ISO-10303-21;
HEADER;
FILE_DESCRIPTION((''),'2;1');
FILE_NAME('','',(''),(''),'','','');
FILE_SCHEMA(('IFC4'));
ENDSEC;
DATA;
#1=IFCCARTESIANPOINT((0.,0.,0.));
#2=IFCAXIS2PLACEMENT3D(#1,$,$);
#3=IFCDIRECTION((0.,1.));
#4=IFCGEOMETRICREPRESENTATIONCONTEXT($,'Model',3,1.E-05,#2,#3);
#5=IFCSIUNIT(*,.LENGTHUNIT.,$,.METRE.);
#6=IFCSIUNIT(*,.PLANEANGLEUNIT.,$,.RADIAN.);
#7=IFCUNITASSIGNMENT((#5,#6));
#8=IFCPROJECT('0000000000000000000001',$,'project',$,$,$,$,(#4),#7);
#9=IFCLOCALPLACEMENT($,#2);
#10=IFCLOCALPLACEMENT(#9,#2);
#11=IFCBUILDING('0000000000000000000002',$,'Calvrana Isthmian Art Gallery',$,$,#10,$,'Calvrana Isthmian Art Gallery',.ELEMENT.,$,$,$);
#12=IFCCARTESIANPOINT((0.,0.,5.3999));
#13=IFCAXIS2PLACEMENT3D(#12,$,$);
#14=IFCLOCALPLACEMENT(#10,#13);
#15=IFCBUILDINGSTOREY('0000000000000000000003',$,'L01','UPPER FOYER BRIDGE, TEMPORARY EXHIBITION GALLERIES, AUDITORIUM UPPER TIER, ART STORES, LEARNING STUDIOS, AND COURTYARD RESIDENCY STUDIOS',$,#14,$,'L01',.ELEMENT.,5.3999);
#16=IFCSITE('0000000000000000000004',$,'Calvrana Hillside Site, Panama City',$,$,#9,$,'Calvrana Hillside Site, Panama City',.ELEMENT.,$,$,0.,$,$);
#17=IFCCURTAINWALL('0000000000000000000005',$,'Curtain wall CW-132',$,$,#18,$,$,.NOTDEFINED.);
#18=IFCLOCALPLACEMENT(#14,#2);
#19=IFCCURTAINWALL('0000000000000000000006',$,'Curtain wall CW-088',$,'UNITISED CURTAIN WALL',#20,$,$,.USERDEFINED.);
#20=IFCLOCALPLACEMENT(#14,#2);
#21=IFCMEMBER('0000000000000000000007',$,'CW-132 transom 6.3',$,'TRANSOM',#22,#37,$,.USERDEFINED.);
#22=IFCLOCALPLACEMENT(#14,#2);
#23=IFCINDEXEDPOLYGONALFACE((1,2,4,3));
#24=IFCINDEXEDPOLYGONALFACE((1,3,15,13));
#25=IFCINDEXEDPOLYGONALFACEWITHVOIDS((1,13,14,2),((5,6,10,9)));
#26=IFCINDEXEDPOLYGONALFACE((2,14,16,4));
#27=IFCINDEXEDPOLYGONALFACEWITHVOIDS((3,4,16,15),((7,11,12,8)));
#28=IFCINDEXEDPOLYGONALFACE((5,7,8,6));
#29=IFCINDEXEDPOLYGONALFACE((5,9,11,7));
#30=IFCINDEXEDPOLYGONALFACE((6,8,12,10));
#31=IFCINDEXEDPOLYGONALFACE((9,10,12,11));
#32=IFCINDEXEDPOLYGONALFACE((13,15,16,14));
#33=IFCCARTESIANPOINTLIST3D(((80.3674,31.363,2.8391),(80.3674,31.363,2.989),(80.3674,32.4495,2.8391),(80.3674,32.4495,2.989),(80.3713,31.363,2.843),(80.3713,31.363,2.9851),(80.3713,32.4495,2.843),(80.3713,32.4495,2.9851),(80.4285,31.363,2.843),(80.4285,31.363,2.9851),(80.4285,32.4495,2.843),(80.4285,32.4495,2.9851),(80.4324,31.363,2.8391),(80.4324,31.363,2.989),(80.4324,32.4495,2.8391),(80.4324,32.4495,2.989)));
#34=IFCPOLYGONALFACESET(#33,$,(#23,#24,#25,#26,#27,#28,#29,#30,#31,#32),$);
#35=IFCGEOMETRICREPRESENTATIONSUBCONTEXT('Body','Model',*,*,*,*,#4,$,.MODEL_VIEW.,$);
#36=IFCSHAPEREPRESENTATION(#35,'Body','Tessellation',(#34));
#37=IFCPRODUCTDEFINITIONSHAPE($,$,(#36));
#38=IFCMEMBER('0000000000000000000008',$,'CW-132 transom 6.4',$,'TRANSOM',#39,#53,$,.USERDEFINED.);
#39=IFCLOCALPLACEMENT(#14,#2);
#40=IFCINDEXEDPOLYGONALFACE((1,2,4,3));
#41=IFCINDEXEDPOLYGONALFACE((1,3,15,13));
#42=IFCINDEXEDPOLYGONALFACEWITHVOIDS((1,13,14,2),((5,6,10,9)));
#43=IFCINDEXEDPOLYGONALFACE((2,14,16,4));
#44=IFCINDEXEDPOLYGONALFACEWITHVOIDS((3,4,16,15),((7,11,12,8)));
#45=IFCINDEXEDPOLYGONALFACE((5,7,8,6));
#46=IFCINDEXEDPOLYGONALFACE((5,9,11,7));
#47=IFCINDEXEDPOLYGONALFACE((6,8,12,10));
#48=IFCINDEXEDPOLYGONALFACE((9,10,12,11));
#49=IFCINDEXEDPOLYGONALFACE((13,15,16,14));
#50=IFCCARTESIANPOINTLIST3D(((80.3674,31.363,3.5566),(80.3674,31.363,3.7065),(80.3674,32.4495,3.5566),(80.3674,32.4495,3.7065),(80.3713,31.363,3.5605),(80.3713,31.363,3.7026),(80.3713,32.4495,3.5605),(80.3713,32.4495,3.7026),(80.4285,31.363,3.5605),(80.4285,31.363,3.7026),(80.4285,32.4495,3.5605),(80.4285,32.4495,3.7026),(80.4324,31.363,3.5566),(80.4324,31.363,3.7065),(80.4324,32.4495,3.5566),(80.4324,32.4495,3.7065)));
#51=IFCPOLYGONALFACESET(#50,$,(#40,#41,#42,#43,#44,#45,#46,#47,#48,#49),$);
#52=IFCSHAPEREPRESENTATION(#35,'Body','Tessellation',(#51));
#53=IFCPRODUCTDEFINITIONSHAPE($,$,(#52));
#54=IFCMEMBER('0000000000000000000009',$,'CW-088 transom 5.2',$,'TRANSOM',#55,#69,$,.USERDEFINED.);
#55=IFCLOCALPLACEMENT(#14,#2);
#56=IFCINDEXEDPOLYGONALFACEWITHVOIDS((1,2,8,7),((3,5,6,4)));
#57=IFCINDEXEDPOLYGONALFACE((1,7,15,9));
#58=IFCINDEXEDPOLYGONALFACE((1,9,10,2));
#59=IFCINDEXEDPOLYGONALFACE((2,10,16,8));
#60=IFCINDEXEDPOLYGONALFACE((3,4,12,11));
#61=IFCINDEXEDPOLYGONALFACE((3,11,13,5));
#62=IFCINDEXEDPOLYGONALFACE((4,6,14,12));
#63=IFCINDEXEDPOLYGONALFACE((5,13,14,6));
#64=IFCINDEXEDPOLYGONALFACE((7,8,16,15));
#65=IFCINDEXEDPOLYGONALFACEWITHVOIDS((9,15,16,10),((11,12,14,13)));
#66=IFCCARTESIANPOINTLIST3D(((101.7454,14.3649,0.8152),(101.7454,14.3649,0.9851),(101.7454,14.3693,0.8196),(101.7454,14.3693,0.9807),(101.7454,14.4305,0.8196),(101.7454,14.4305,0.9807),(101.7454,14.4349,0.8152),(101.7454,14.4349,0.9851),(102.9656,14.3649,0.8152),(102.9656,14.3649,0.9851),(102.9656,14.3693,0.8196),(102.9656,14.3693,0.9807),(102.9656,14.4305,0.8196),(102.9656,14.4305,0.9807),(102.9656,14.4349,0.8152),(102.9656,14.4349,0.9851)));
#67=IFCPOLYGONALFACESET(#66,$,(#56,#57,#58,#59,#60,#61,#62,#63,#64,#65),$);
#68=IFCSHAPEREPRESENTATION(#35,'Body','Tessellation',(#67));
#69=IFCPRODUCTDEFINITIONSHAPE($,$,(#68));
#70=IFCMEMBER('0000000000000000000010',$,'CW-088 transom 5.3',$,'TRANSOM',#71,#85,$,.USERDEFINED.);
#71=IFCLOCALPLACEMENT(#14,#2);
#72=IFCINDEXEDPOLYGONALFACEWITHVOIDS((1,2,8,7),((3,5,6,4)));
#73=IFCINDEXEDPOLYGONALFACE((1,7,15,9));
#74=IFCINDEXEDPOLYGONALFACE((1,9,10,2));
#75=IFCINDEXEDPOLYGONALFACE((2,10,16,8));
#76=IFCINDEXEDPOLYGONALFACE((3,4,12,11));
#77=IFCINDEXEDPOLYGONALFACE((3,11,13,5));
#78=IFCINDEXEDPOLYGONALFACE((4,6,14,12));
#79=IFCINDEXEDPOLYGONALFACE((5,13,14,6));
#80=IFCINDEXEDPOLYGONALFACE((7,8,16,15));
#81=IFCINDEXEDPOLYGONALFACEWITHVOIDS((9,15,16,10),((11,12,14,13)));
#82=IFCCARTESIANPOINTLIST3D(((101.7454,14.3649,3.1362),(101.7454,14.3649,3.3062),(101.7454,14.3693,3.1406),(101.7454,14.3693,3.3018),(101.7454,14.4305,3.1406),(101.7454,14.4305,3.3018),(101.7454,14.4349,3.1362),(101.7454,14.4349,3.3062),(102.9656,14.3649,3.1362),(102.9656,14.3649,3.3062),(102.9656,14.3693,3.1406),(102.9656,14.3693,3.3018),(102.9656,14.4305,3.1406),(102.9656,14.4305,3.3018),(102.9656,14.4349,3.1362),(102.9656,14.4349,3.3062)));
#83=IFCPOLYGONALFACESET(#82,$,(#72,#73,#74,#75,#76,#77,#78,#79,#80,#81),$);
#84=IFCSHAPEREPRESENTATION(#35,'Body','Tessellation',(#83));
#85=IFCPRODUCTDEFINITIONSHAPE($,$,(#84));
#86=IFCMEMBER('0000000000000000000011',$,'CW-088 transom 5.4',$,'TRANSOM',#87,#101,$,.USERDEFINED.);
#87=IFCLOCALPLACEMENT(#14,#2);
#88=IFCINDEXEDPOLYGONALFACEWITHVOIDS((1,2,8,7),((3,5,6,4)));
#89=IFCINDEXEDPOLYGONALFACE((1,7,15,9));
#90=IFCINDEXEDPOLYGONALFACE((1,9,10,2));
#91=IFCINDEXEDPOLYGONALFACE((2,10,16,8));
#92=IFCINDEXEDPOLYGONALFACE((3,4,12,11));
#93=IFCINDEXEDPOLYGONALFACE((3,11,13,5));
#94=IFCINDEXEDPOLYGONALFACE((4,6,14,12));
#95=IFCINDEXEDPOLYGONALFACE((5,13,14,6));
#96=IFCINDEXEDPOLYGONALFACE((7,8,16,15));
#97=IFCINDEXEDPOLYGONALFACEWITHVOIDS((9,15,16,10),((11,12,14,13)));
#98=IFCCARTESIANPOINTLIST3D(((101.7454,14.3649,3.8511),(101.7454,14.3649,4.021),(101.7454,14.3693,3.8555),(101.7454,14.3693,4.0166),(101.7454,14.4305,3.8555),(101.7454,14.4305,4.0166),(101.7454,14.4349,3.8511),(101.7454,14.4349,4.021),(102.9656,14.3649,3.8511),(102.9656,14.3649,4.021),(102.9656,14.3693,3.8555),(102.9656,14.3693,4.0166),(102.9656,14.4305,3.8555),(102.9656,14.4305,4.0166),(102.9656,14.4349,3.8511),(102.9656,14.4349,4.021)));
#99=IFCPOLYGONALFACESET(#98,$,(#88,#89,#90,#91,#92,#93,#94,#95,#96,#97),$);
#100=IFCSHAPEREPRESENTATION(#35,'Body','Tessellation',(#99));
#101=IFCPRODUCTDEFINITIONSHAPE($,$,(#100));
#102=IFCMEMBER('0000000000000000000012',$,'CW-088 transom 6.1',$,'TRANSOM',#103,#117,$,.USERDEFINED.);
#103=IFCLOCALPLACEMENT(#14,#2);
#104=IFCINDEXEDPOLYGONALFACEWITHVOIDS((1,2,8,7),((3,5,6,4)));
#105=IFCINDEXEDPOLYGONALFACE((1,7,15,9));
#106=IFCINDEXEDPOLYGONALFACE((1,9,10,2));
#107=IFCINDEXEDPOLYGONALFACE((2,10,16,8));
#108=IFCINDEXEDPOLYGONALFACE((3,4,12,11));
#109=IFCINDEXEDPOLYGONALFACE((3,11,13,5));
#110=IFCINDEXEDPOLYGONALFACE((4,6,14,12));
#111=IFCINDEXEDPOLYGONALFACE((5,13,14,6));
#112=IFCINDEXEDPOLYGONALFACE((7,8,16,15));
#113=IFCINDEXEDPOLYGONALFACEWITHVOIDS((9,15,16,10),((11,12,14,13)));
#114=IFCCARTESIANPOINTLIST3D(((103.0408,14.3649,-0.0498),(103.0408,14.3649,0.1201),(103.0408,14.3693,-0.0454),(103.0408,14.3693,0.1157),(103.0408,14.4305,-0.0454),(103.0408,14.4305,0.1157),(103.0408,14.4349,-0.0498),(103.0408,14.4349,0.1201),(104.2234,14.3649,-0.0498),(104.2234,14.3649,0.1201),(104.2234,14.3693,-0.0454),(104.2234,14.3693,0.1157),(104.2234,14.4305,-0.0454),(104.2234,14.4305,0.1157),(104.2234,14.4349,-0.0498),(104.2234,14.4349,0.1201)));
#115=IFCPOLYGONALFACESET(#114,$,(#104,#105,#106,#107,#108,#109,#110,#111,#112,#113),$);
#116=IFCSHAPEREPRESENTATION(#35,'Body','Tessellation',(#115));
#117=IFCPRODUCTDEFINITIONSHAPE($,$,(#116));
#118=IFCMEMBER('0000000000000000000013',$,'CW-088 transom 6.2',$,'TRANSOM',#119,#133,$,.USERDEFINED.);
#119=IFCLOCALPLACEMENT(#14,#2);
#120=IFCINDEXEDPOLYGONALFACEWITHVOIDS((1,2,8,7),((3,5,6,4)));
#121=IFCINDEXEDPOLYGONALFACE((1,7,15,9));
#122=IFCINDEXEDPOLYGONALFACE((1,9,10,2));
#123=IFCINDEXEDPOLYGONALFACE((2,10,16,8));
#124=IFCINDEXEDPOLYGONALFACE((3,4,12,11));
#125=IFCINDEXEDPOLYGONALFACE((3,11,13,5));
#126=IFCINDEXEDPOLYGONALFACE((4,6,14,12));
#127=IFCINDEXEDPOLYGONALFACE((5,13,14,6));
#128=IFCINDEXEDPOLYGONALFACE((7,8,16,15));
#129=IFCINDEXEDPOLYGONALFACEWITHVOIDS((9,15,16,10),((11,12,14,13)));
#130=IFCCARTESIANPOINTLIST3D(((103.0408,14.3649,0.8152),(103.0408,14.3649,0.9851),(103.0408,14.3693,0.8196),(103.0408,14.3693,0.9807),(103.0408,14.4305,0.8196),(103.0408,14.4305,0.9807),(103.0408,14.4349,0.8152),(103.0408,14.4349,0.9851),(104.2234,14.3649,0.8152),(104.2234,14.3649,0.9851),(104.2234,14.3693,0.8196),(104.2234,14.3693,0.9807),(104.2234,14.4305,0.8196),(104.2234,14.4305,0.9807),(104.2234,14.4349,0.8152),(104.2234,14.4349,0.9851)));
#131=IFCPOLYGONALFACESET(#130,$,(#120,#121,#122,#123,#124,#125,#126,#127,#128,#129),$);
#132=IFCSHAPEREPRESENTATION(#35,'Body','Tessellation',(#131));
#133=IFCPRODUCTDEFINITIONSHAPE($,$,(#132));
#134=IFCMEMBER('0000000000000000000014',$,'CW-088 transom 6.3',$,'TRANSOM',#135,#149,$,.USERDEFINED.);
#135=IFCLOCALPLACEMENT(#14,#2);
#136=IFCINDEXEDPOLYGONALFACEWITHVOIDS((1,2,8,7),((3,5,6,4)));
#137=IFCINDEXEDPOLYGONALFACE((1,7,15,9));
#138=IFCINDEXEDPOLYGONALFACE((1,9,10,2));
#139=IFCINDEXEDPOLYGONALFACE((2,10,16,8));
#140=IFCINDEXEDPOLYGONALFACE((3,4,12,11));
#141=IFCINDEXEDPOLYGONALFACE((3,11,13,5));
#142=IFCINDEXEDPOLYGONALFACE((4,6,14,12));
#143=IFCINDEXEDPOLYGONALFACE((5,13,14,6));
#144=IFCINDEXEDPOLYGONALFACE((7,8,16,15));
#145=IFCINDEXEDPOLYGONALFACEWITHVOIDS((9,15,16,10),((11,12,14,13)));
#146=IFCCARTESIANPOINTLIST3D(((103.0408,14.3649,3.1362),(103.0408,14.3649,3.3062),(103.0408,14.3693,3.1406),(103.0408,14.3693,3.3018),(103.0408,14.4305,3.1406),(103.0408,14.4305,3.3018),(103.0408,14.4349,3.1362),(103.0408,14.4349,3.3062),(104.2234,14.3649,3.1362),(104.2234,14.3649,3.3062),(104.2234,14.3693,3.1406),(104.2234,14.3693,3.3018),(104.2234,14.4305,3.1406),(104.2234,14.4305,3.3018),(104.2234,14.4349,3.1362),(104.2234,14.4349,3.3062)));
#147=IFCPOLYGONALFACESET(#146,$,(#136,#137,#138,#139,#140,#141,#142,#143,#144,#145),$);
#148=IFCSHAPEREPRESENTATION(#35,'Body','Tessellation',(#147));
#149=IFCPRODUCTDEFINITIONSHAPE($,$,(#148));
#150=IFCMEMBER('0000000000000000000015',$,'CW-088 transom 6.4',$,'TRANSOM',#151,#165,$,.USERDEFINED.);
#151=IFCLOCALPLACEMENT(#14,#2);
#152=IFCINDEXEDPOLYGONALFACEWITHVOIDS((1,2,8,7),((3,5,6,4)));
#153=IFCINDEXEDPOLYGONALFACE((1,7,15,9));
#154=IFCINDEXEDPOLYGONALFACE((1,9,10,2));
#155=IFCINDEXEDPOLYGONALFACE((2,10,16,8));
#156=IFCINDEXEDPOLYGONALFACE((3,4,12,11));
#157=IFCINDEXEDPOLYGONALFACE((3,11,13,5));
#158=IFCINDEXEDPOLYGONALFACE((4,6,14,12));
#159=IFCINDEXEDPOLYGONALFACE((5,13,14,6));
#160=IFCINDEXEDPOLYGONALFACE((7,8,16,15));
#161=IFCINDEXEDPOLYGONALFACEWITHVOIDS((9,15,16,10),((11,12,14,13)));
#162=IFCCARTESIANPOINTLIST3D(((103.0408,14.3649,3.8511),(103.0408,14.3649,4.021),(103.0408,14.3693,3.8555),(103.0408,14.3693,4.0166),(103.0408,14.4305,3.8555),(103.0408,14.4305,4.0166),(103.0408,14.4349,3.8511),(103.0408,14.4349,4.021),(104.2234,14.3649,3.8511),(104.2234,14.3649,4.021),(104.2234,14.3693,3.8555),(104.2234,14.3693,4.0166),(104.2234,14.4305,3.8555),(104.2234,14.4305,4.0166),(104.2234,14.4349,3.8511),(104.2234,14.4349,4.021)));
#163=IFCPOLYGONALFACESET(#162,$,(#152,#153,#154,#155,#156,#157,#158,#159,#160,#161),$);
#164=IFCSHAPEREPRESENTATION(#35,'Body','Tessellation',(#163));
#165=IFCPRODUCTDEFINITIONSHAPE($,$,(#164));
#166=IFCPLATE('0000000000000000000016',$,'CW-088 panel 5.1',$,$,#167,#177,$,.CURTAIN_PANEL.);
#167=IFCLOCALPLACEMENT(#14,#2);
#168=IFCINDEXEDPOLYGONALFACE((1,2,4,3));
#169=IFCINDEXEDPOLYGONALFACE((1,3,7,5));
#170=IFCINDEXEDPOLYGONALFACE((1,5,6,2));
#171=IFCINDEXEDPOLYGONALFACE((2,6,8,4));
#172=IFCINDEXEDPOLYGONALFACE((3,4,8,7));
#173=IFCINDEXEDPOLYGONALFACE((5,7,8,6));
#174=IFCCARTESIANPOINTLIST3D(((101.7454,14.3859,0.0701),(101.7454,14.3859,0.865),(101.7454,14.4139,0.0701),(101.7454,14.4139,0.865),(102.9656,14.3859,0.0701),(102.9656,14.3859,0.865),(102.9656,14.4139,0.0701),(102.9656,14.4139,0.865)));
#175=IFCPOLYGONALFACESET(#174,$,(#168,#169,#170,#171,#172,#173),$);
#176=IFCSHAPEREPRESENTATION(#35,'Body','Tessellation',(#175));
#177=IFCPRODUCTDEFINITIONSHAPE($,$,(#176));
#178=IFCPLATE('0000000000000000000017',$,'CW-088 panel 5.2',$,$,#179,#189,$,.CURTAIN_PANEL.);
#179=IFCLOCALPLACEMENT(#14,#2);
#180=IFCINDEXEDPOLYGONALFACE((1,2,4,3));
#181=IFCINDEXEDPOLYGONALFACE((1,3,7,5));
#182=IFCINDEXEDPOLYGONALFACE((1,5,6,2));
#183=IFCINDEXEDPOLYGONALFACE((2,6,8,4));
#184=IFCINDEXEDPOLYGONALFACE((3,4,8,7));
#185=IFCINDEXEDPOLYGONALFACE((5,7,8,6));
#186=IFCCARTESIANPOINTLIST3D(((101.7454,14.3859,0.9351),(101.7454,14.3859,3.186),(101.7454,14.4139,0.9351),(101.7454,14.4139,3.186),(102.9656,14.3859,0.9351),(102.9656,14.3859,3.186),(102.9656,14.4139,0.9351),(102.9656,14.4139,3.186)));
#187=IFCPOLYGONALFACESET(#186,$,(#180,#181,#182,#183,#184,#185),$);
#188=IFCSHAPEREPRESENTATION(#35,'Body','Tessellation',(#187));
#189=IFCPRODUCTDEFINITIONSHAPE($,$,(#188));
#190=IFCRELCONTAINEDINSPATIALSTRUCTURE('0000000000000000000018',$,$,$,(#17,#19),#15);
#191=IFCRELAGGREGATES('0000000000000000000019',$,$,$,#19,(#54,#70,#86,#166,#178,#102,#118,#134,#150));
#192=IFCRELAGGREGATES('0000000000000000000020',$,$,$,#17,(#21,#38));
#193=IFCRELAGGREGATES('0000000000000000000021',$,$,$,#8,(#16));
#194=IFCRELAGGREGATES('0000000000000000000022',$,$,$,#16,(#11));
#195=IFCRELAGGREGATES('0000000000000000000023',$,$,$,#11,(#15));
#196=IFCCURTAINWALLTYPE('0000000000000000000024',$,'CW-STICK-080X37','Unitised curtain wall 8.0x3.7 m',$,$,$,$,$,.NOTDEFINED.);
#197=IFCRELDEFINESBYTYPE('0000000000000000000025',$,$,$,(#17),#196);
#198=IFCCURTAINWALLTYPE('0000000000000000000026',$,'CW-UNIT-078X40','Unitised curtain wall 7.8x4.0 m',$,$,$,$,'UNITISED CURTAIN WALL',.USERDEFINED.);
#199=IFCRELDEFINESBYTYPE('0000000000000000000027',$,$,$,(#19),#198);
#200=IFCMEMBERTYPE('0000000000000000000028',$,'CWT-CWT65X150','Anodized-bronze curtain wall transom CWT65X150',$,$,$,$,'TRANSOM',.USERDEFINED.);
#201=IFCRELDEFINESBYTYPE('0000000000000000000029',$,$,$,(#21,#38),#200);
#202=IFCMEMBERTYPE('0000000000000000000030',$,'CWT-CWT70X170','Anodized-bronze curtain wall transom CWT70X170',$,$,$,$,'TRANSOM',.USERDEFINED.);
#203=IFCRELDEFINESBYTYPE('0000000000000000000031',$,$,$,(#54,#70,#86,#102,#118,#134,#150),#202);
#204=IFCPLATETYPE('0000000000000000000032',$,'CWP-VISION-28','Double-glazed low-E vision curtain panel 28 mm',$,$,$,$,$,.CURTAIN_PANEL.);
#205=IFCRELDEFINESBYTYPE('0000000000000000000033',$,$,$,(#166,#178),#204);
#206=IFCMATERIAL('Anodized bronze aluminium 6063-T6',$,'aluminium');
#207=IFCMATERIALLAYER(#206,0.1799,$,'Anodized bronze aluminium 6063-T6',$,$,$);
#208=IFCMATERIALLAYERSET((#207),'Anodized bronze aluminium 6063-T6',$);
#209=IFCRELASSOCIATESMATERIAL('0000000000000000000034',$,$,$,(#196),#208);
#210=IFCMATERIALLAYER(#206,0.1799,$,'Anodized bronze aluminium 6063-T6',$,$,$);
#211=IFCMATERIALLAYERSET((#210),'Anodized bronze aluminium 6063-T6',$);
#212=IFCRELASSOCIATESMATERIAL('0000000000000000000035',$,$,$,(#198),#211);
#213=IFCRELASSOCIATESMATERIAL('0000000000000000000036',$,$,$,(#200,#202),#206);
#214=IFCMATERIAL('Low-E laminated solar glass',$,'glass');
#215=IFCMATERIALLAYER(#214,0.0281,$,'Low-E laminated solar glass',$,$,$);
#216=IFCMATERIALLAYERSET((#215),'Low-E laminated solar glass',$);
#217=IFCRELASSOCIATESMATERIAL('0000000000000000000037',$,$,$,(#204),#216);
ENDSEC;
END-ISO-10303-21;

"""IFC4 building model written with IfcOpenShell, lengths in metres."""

from ifc_helpers import new_model, si_unit, direction, frame, origin, origin_2d, place, context, subcontext, project, spatial, rectangle, hollow_rectangle, extrude, material, layer, layer_set, material_profile, profile_set, type_object, element, aggregate, save


model = new_model("IFC4")

# Units and contexts
model_context = context("Model", 3, precision=1e-05, world=origin(), true_north=direction((0.0, 1.0)))
body_context = subcontext(model_context, "Body", "Model", "MODEL_VIEW")
ifc_project = project(units=[si_unit("LENGTHUNIT", "METRE"), si_unit("PLANEANGLEUNIT", "RADIAN")], contexts=[model_context])

# Site, building, storey
site_placement = place(None, origin())
site = spatial("IfcSite", under=ifc_project, at=site_placement, Name="Calvrana Hillside Site, Panama City", LongName="Calvrana Hillside Site, Panama City", CompositionType="ELEMENT", RefElevation=0.0)
building_placement = place(site_placement, origin())
building = spatial("IfcBuilding", under=site, at=building_placement, Name="Calvrana Isthmian Art Gallery", LongName="Calvrana Isthmian Art Gallery", CompositionType="ELEMENT")
storey_placement = place(building_placement, frame((0.0, 0.0, 5.3999)))
storey = spatial("IfcBuildingStorey", under=building, at=storey_placement, Name="L01", Description="UPPER FOYER BRIDGE, TEMPORARY EXHIBITION GALLERIES, AUDITORIUM UPPER TIER, ART STORES, LEARNING STUDIOS, AND COURTYARD RESIDENCY STUDIOS", LongName="L01", CompositionType="ELEMENT", Elevation=5.3999)

# Curtain walls
ifc_material_1 = material(Name="Anodized bronze aluminium 6063-T6", Category="aluminium")
ifc_layer_1 = layer(ifc_material_1, 0.1799, Name="Anodized bronze aluminium 6063-T6")
ifc_layer_set_1 = layer_set([ifc_layer_1], Name="Anodized bronze aluminium 6063-T6")
curtain_wall_type_1 = type_object("IfcCurtainWallType", Name="CW-STICK-080X37", Description="Unitised curtain wall 8.0x3.7 m", PredefinedType="NOTDEFINED", material=ifc_layer_set_1)
curtain_wall_1_placement = place(storey_placement, origin())
curtain_wall_1 = element("IfcCurtainWall", 1, at=curtain_wall_1_placement, inside=storey, type_object=curtain_wall_type_1, Name="Curtain wall CW-132", PredefinedType="NOTDEFINED")
ifc_layer_2 = layer(ifc_material_1, 0.1799, Name="Anodized bronze aluminium 6063-T6")
ifc_layer_set_2 = layer_set([ifc_layer_2], Name="Anodized bronze aluminium 6063-T6")
curtain_wall_type_2 = type_object("IfcCurtainWallType", Name="CW-UNIT-078X40", Description="Unitised curtain wall 7.8x4.0 m", ElementType="UNITISED CURTAIN WALL", PredefinedType="USERDEFINED", material=ifc_layer_set_2)
curtain_wall_2_placement = place(storey_placement, origin())
curtain_wall_2 = element("IfcCurtainWall", 2, at=curtain_wall_2_placement, inside=storey, type_object=curtain_wall_type_2, Name="Curtain wall CW-088", ObjectType="UNITISED CURTAIN WALL", PredefinedType="USERDEFINED")

# Members
ifc_material_profile_1 = material_profile(ifc_material_1, hollow_rectangle(XDim=0.0649, YDim=0.1499, WallThickness=0.0039, at=origin_2d()), Name="CWT65X150")
ifc_profile_set_1 = profile_set([ifc_material_profile_1], Name="Anodized bronze aluminium 6063-T6")
member_type_1 = type_object("IfcMemberType", Name="CWT-CWT65X150", Description="Anodized-bronze curtain wall transom CWT65X150", ElementType="TRANSOM", PredefinedType="USERDEFINED", material=ifc_profile_set_1)
member_1_placement = place(storey_placement, frame((80.3999, 32.4495, 2.9141), z_axis=(0.0, -1.0, 0.0), x_axis=(1.0, 0.0, 0.0)))
member_1 = element("IfcMember", 3, at=member_1_placement, type_object=member_type_1, Name="CW-132 transom 6.3", ObjectType="TRANSOM", PredefinedType="USERDEFINED", context=body_context, shape_type="SweptSolid", body=[
    extrude(hollow_rectangle(XDim=0.0649, YDim=0.1499, WallThickness=0.0039, at=origin_2d()), origin(), (0.0, 0.0, 1.0), 1.0864),
])
member_2_placement = place(storey_placement, frame((80.3999, 32.4495, 3.6316), z_axis=(0.0, -1.0, 0.0), x_axis=(1.0, 0.0, 0.0)))
member_2 = element("IfcMember", 4, at=member_2_placement, type_object=member_type_1, Name="CW-132 transom 6.4", ObjectType="TRANSOM", PredefinedType="USERDEFINED", context=body_context, shape_type="SweptSolid", body=[
    extrude(hollow_rectangle(XDim=0.0649, YDim=0.1499, WallThickness=0.0039, at=origin_2d()), origin(), (0.0, 0.0, 1.0), 1.0864),
])
ifc_material_profile_2 = material_profile(ifc_material_1, hollow_rectangle(XDim=0.0701, YDim=0.1699, WallThickness=0.0044, at=origin_2d()), Name="CWT70X170")
ifc_profile_set_2 = profile_set([ifc_material_profile_2], Name="Anodized bronze aluminium 6063-T6")
member_type_2 = type_object("IfcMemberType", Name="CWT-CWT70X170", Description="Anodized-bronze curtain wall transom CWT70X170", ElementType="TRANSOM", PredefinedType="USERDEFINED", material=ifc_profile_set_2)
member_3_placement = place(storey_placement, frame((101.7454, 14.3999, 0.9001), z_axis=(1.0, 0.0, 0.0), x_axis=(0.0, 1.0, 0.0)))
member_3 = element("IfcMember", 5, at=member_3_placement, type_object=member_type_2, Name="CW-088 transom 5.2", ObjectType="TRANSOM", PredefinedType="USERDEFINED", context=body_context, shape_type="SweptSolid", body=[
    extrude(hollow_rectangle(XDim=0.0701, YDim=0.1699, WallThickness=0.0044, at=origin_2d()), origin(), (0.0, 0.0, 1.0), 1.2202),
])
member_4_placement = place(storey_placement, frame((101.7454, 14.3999, 3.2212), z_axis=(1.0, 0.0, 0.0), x_axis=(0.0, 1.0, 0.0)))
member_4 = element("IfcMember", 6, at=member_4_placement, type_object=member_type_2, Name="CW-088 transom 5.3", ObjectType="TRANSOM", PredefinedType="USERDEFINED", context=body_context, shape_type="SweptSolid", body=[
    extrude(hollow_rectangle(XDim=0.0701, YDim=0.1699, WallThickness=0.0044, at=origin_2d()), origin(), (0.0, 0.0, 1.0), 1.2202),
])
member_5_placement = place(storey_placement, frame((101.7454, 14.3999, 3.936), z_axis=(1.0, 0.0, 0.0), x_axis=(0.0, 1.0, 0.0)))
member_5 = element("IfcMember", 7, at=member_5_placement, type_object=member_type_2, Name="CW-088 transom 5.4", ObjectType="TRANSOM", PredefinedType="USERDEFINED", context=body_context, shape_type="SweptSolid", body=[
    extrude(hollow_rectangle(XDim=0.0701, YDim=0.1699, WallThickness=0.0044, at=origin_2d()), origin(), (0.0, 0.0, 1.0), 1.2202),
])
member_6_placement = place(storey_placement, frame((103.0408, 14.3999, 0.0352), z_axis=(1.0, 0.0, 0.0), x_axis=(0.0, 1.0, 0.0)))
member_6 = element("IfcMember", 8, at=member_6_placement, type_object=member_type_2, Name="CW-088 transom 6.1", ObjectType="TRANSOM", PredefinedType="USERDEFINED", context=body_context, shape_type="SweptSolid", body=[
    extrude(hollow_rectangle(XDim=0.0701, YDim=0.1699, WallThickness=0.0044, at=origin_2d()), origin(), (0.0, 0.0, 1.0), 1.1826),
])
member_7_placement = place(storey_placement, frame((103.0408, 14.3999, 0.9001), z_axis=(1.0, 0.0, 0.0), x_axis=(0.0, 1.0, 0.0)))
member_7 = element("IfcMember", 9, at=member_7_placement, type_object=member_type_2, Name="CW-088 transom 6.2", ObjectType="TRANSOM", PredefinedType="USERDEFINED", context=body_context, shape_type="SweptSolid", body=[
    extrude(hollow_rectangle(XDim=0.0701, YDim=0.1699, WallThickness=0.0044, at=origin_2d()), origin(), (0.0, 0.0, 1.0), 1.1826),
])
member_8_placement = place(storey_placement, frame((103.0408, 14.3999, 3.2212), z_axis=(1.0, 0.0, 0.0), x_axis=(0.0, 1.0, 0.0)))
member_8 = element("IfcMember", 10, at=member_8_placement, type_object=member_type_2, Name="CW-088 transom 6.3", ObjectType="TRANSOM", PredefinedType="USERDEFINED", context=body_context, shape_type="SweptSolid", body=[
    extrude(hollow_rectangle(XDim=0.0701, YDim=0.1699, WallThickness=0.0044, at=origin_2d()), origin(), (0.0, 0.0, 1.0), 1.1826),
])
member_9_placement = place(storey_placement, frame((103.0408, 14.3999, 3.936), z_axis=(1.0, 0.0, 0.0), x_axis=(0.0, 1.0, 0.0)))
member_9 = element("IfcMember", 11, at=member_9_placement, type_object=member_type_2, Name="CW-088 transom 6.4", ObjectType="TRANSOM", PredefinedType="USERDEFINED", context=body_context, shape_type="SweptSolid", body=[
    extrude(hollow_rectangle(XDim=0.0701, YDim=0.1699, WallThickness=0.0044, at=origin_2d()), origin(), (0.0, 0.0, 1.0), 1.1826),
])

# Plates
ifc_material_2 = material(Name="Low-E laminated solar glass", Category="glass")
ifc_layer_3 = layer(ifc_material_2, 0.0281, Name="Low-E laminated solar glass")
ifc_layer_set_3 = layer_set([ifc_layer_3], Name="Low-E laminated solar glass")
plate_type = type_object("IfcPlateType", Name="CWP-VISION-28", Description="Double-glazed low-E vision curtain panel 28 mm", PredefinedType="CURTAIN_PANEL", material=ifc_layer_set_3)
plate_1_placement = place(storey_placement, frame((102.3555, 14.3999, 0.0701), z_axis=(0.0, 0.0, 1.0), x_axis=(1.0, 0.0, 0.0)))
plate_1 = element("IfcPlate", 12, at=plate_1_placement, type_object=plate_type, Name="CW-088 panel 5.1", PredefinedType="CURTAIN_PANEL", context=body_context, shape_type="SweptSolid", body=[
    extrude(rectangle(XDim=1.2202, YDim=0.0281, at=origin_2d()), origin(), (0.0, 0.0, 1.0), 0.7949),
])
plate_2_placement = place(storey_placement, frame((102.3555, 14.3999, 0.9351), z_axis=(0.0, 0.0, 1.0), x_axis=(1.0, 0.0, 0.0)))
plate_2 = element("IfcPlate", 13, at=plate_2_placement, type_object=plate_type, Name="CW-088 panel 5.2", PredefinedType="CURTAIN_PANEL", context=body_context, shape_type="SweptSolid", body=[
    extrude(rectangle(XDim=1.2202, YDim=0.0281, at=origin_2d()), origin(), (0.0, 0.0, 1.0), 2.251),
])
aggregate(curtain_wall_2, [member_3, member_4, member_5, plate_1, plate_2, member_6, member_7, member_8, member_9])
aggregate(curtain_wall_1, [member_1, member_2])

save(model, "model.ifc")
